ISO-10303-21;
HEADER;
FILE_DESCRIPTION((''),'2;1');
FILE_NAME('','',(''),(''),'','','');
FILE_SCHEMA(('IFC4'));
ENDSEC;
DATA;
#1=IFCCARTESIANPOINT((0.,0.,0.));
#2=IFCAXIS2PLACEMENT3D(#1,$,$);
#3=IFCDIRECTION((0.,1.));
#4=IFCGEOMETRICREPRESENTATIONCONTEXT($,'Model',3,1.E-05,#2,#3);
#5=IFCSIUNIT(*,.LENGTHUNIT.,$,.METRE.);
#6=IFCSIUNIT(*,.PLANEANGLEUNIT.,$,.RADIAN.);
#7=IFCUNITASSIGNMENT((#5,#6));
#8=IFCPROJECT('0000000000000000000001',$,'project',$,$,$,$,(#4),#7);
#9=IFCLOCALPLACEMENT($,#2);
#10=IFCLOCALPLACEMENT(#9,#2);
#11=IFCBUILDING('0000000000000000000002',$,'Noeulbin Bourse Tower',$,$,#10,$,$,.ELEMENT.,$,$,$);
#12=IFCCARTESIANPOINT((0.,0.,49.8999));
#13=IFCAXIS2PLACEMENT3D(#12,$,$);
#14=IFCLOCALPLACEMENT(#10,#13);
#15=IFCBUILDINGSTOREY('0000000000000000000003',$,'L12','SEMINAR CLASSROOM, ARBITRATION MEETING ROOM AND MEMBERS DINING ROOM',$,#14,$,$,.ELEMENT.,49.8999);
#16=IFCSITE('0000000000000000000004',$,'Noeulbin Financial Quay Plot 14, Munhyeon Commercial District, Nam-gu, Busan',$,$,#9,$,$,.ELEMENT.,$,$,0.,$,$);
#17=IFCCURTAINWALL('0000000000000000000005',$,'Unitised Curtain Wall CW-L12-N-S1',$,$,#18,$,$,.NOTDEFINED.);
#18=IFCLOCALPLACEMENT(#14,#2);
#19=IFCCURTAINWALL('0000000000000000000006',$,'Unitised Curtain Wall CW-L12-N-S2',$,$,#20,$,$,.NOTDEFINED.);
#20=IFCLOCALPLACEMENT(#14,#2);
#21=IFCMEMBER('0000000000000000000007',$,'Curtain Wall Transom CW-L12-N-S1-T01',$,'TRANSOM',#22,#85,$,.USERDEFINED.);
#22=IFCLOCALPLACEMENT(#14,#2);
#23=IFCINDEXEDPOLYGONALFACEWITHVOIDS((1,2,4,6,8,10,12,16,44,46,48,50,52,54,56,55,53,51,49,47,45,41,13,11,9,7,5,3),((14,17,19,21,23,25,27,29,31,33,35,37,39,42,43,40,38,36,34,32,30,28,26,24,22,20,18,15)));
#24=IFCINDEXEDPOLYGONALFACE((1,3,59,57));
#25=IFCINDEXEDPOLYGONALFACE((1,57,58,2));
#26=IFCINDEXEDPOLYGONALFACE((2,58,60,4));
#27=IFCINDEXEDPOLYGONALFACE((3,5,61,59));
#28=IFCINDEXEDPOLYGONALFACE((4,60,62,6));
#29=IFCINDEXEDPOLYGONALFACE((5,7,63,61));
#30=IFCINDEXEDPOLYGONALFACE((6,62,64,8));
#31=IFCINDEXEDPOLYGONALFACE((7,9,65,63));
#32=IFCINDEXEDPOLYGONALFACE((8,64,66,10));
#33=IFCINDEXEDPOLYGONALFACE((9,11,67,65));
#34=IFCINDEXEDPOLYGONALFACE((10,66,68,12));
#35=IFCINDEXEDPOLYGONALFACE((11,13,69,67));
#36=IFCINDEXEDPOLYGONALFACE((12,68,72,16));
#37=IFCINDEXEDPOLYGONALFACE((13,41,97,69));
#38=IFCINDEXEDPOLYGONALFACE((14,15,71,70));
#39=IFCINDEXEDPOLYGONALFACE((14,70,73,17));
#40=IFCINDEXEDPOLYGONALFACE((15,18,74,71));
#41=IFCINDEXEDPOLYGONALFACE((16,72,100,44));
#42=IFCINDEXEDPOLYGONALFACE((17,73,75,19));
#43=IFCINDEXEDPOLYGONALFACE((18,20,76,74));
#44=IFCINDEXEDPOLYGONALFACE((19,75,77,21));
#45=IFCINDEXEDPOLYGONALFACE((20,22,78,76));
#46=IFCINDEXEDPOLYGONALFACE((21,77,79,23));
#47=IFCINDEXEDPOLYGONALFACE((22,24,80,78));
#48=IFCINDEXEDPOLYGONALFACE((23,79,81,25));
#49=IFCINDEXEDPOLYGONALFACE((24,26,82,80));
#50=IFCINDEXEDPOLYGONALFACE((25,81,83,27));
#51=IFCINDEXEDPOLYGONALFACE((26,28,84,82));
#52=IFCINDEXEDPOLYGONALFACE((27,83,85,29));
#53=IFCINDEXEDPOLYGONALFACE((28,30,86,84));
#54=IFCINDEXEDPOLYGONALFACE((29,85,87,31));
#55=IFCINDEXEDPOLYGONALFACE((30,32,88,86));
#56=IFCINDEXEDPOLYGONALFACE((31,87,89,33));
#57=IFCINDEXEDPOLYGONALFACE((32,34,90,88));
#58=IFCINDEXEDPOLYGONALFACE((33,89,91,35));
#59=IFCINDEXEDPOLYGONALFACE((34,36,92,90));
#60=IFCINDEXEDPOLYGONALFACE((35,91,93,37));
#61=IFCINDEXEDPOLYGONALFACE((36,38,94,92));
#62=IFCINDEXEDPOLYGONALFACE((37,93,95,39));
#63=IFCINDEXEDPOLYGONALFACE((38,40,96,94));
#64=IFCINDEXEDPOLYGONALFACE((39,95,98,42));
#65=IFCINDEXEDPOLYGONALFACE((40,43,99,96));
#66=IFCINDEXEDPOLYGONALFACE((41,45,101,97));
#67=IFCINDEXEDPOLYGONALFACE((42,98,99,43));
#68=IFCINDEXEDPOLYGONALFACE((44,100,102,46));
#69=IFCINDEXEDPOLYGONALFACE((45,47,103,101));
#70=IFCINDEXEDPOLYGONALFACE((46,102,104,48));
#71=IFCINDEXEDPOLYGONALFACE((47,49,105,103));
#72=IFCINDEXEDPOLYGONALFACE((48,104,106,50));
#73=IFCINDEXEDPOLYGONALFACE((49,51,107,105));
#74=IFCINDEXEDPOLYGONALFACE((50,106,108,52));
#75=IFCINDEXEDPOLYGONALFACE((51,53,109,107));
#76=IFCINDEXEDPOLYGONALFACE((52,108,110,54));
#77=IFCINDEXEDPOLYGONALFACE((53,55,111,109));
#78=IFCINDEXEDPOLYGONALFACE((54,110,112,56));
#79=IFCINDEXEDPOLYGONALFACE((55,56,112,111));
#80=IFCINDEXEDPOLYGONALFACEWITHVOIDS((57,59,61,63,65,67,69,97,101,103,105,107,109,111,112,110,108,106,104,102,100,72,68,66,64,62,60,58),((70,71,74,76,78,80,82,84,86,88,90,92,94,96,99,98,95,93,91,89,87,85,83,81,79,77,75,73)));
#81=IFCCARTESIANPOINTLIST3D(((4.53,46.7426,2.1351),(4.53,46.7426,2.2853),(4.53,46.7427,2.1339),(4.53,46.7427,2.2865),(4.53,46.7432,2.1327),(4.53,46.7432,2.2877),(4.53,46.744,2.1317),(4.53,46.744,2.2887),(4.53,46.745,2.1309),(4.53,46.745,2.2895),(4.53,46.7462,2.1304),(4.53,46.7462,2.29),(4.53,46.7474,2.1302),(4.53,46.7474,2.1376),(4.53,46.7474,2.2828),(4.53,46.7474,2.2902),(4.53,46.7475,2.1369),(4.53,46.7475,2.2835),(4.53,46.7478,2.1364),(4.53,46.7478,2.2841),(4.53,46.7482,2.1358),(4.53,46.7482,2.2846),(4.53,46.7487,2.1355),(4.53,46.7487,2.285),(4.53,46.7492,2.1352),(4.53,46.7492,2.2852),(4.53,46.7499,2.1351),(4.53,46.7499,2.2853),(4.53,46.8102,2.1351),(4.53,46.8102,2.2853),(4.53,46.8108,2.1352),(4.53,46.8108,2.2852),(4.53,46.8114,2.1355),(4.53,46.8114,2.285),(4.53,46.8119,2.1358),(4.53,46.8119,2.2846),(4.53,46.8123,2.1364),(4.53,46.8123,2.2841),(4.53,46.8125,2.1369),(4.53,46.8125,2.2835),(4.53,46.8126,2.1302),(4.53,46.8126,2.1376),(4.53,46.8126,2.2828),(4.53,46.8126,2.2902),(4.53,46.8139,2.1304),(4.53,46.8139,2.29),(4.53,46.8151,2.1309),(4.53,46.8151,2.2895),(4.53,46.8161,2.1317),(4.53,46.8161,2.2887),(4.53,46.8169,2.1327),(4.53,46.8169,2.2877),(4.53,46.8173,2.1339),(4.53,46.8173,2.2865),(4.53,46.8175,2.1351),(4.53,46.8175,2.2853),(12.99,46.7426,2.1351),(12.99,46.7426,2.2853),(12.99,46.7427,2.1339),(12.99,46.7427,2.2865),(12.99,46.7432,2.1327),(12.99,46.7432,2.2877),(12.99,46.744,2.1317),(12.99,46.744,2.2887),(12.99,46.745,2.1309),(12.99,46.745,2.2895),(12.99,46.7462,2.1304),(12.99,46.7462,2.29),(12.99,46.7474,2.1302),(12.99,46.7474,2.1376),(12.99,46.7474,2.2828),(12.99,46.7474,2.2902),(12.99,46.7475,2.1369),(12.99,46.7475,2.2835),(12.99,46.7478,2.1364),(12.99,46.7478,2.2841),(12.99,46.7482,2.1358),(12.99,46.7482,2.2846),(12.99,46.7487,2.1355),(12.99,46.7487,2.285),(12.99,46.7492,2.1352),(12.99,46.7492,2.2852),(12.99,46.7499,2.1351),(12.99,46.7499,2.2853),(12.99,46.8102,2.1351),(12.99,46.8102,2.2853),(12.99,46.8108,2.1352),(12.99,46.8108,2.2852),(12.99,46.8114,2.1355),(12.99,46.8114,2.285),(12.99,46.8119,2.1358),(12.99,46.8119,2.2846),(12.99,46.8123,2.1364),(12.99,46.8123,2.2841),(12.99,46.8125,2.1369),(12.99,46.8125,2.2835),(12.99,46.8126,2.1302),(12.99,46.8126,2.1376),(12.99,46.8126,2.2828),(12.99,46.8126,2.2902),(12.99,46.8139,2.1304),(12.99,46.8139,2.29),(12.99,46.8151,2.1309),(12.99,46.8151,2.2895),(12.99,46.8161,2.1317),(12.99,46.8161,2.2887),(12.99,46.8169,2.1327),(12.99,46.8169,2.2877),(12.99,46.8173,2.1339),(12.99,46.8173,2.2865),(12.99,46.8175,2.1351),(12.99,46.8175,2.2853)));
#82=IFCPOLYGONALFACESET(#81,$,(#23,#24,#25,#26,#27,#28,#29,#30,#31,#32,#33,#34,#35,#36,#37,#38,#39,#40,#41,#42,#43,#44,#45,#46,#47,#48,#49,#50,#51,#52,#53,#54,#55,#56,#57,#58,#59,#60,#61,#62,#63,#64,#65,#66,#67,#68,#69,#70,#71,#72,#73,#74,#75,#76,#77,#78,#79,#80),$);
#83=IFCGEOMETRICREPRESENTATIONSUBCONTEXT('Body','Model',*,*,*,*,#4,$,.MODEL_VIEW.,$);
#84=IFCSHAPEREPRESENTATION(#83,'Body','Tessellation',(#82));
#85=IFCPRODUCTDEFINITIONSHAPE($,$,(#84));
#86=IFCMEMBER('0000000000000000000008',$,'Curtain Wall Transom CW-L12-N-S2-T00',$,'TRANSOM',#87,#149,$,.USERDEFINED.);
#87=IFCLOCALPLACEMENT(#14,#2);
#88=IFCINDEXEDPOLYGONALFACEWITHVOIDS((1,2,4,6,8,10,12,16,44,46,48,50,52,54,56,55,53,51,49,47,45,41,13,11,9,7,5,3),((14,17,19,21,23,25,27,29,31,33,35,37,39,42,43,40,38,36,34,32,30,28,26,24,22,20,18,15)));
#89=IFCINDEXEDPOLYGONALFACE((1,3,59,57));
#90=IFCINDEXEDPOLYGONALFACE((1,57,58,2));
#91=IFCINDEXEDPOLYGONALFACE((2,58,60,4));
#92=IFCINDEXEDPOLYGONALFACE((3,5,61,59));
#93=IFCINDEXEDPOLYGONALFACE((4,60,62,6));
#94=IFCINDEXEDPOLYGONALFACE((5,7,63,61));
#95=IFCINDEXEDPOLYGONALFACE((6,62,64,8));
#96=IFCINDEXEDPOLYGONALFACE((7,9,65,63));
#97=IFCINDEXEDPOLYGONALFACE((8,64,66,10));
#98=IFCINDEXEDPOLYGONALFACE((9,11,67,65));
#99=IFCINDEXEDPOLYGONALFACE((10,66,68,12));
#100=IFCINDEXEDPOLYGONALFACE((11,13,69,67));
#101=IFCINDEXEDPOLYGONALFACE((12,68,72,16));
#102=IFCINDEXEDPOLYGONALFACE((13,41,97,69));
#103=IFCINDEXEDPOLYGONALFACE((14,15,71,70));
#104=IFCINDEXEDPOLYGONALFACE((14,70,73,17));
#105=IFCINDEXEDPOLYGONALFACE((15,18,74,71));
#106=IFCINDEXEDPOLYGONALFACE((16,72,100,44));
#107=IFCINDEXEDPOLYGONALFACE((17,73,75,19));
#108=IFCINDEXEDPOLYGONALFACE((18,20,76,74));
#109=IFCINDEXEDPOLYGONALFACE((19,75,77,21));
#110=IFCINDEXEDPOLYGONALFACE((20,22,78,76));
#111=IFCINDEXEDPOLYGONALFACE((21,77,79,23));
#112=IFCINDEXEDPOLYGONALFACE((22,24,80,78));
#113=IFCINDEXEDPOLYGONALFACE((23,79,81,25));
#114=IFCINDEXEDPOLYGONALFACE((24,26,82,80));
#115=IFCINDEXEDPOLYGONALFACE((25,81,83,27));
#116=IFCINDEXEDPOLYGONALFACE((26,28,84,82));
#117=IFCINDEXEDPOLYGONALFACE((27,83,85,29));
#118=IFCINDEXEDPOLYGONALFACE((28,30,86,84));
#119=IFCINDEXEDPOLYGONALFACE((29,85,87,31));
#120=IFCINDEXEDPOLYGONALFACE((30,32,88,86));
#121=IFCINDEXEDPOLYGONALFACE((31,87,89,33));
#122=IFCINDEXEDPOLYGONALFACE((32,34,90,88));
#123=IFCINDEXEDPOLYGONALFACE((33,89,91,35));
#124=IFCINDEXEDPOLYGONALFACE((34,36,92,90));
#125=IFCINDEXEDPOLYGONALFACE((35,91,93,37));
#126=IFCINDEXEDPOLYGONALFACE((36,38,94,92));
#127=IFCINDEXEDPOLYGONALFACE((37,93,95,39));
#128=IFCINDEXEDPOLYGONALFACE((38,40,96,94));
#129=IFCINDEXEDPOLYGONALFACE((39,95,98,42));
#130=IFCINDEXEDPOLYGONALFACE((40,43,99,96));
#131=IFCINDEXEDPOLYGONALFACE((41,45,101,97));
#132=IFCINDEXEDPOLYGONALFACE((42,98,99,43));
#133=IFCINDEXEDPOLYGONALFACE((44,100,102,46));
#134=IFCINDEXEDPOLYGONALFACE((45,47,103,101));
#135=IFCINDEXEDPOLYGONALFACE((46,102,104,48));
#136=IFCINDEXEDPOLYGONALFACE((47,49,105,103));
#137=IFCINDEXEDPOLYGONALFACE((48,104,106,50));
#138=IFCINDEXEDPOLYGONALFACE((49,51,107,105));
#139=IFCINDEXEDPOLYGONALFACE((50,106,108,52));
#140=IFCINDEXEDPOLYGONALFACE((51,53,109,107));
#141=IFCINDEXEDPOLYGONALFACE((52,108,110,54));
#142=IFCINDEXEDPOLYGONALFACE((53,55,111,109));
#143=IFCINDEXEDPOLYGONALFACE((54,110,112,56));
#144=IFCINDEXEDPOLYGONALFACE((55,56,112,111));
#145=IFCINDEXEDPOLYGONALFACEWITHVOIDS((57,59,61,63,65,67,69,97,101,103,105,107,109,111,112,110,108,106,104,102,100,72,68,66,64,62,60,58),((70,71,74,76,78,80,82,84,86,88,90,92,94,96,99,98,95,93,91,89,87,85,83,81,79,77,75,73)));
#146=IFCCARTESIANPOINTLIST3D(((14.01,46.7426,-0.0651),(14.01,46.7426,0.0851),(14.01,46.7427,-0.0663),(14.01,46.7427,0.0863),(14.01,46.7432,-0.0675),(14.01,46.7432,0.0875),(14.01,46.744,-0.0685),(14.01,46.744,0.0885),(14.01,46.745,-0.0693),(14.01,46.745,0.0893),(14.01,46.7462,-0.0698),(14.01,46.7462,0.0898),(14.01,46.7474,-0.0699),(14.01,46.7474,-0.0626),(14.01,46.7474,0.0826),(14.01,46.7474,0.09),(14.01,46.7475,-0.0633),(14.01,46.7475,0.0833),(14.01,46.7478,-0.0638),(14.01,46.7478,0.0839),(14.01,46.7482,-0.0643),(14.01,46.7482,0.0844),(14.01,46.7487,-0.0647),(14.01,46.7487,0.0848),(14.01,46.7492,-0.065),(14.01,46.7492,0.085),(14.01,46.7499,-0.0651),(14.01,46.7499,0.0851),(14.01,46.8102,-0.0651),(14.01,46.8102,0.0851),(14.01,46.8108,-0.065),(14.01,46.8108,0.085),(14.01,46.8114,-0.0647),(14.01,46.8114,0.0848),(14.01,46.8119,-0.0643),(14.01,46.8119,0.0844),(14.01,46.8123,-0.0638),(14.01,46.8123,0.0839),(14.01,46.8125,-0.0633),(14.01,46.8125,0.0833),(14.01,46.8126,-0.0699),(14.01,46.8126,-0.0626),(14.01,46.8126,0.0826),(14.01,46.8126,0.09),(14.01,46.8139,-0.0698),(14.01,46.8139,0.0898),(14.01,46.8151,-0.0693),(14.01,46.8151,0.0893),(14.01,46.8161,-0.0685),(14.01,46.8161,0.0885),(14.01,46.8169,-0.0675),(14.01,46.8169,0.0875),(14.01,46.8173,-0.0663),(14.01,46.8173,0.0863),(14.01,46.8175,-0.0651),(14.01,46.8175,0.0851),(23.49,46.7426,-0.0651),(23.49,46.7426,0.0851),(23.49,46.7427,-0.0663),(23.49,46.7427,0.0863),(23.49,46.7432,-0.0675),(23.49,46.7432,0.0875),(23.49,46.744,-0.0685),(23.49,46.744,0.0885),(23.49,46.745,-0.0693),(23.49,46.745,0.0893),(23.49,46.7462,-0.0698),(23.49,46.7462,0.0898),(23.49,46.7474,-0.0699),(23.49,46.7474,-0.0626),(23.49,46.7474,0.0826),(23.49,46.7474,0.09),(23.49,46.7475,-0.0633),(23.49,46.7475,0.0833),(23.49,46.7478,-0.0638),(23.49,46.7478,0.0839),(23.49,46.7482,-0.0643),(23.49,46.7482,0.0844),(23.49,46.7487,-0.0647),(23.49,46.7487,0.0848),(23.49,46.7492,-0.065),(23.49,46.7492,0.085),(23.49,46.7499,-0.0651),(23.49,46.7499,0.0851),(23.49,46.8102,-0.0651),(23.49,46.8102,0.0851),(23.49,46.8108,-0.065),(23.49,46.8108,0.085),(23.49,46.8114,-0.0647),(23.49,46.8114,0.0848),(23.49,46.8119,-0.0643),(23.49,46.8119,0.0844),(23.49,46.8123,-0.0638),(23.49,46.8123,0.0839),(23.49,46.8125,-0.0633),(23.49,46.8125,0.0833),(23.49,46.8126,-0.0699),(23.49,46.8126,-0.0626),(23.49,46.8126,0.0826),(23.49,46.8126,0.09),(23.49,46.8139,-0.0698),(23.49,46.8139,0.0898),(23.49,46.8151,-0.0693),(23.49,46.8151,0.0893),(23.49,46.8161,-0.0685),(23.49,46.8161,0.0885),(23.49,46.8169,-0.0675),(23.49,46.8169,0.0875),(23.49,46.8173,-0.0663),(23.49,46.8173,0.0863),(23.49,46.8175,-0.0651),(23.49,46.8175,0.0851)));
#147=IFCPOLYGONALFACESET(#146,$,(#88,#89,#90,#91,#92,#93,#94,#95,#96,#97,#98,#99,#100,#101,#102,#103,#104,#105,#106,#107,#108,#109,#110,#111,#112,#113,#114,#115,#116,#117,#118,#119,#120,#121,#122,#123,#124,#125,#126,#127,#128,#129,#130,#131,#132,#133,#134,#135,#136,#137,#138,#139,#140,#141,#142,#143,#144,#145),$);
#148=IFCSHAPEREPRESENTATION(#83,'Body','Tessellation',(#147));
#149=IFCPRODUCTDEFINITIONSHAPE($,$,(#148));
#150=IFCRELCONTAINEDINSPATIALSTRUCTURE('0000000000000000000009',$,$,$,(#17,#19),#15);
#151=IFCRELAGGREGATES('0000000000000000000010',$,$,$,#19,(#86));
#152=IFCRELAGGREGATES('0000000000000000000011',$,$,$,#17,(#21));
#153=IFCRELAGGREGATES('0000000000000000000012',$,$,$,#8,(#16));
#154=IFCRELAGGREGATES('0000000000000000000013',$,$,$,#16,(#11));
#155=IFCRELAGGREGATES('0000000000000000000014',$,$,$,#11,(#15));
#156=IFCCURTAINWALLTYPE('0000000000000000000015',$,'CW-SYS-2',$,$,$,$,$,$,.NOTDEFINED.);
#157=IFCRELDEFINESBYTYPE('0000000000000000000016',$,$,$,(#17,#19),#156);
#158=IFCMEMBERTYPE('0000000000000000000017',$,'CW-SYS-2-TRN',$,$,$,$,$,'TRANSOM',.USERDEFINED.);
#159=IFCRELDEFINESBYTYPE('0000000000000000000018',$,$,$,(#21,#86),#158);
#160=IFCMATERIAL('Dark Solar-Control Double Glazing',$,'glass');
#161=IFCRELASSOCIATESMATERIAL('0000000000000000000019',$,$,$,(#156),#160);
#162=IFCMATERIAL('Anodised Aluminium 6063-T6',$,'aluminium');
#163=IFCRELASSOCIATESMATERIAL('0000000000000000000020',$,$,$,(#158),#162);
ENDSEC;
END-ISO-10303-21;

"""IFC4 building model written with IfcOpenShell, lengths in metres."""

from ifc_helpers import new_model, si_unit, direction, frame, origin, origin_2d, place, context, subcontext, project, spatial, hollow_rectangle, extrude, material, material_profile, profile_set, type_object, element, aggregate, save


model = new_model("IFC4")

# Units and contexts
model_context = context("Model", 3, precision=1e-05, world=origin(), true_north=direction((0.0, 1.0)))
body_context = subcontext(model_context, "Body", "Model", "MODEL_VIEW")
ifc_project = project(units=[si_unit("LENGTHUNIT", "METRE"), si_unit("PLANEANGLEUNIT", "RADIAN")], contexts=[model_context])

# Site, building, storey
site_placement = place(None, origin())
site = spatial("IfcSite", under=ifc_project, at=site_placement, Name="Noeulbin Financial Quay Plot 14, Munhyeon Commercial District, Nam-gu, Busan", CompositionType="ELEMENT", RefElevation=0.0)
building_placement = place(site_placement, origin())
building = spatial("IfcBuilding", under=site, at=building_placement, Name="Noeulbin Bourse Tower", CompositionType="ELEMENT")
storey_placement = place(building_placement, frame((0.0, 0.0, 49.8999)))
storey = spatial("IfcBuildingStorey", under=building, at=storey_placement, Name="L12", Description="SEMINAR CLASSROOM, ARBITRATION MEETING ROOM AND MEMBERS DINING ROOM", CompositionType="ELEMENT", Elevation=49.8999)

# Curtain wall
ifc_material_1 = material(Name="Dark Solar-Control Double Glazing", Category="glass")
curtain_wall_type = type_object("IfcCurtainWallType", Name="CW-SYS-2", PredefinedType="NOTDEFINED", material=ifc_material_1)
curtain_wall_1_placement = place(storey_placement, origin())
curtain_wall_1 = element("IfcCurtainWall", 1, at=curtain_wall_1_placement, inside=storey, type_object=curtain_wall_type, Name="Unitised Curtain Wall CW-L12-N-S1", PredefinedType="NOTDEFINED")
ifc_material_2 = material(Name="Anodised Aluminium 6063-T6", Category="aluminium")

# Curtain wall
curtain_wall_2_placement = place(storey_placement, origin())
curtain_wall_2 = element("IfcCurtainWall", 2, at=curtain_wall_2_placement, inside=storey, type_object=curtain_wall_type, Name="Unitised Curtain Wall CW-L12-N-S2", PredefinedType="NOTDEFINED")

# Members
ifc_material_profile_1 = material_profile(ifc_material_2, hollow_rectangle(XDim=0.075, YDim=0.1599, WallThickness=0.0049, InnerFilletRadius=0.0024, OuterFilletRadius=0.0049, at=origin_2d()), Name="ALU-TRAN-75x160x5", Category="LoadBearing")
ifc_profile_set_1 = profile_set([ifc_material_profile_1], Name="Anodised Aluminium 6063-T6")
member_type_1 = type_object("IfcMemberType", Name="CW-SYS-2-TRN", ElementType="TRANSOM", PredefinedType="USERDEFINED", material=ifc_profile_set_1)
member_1_placement = place(storey_placement, frame((4.53, 46.78, 2.2102), z_axis=(1.0, 0.0, 0.0), x_axis=(0.0, 1.0, 0.0)))
member_1 = element("IfcMember", 3, at=member_1_placement, type_object=member_type_1, Name="Curtain Wall Transom CW-L12-N-S1-T01", ObjectType="TRANSOM", PredefinedType="USERDEFINED", context=body_context, shape_type="SweptSolid", body=[
    extrude(hollow_rectangle(XDim=0.075, YDim=0.1599, WallThickness=0.0049, InnerFilletRadius=0.0024, OuterFilletRadius=0.0049, at=origin_2d()), origin(), (0.0, 0.0, 1.0), 8.46),
])
member_2_placement = place(storey_placement, frame((14.01, 46.78, 0.01), z_axis=(1.0, 0.0, 0.0), x_axis=(0.0, 1.0, 0.0)))
member_2 = element("IfcMember", 4, at=member_2_placement, type_object=member_type_1, Name="Curtain Wall Transom CW-L12-N-S2-T00", ObjectType="TRANSOM", PredefinedType="USERDEFINED", context=body_context, shape_type="SweptSolid", body=[
    extrude(hollow_rectangle(XDim=0.075, YDim=0.1599, WallThickness=0.0049, InnerFilletRadius=0.0024, OuterFilletRadius=0.0049, at=origin_2d()), origin(), (0.0, 0.0, 1.0), 9.48),
])
aggregate(curtain_wall_2, [member_2])

aggregate(curtain_wall_1, [member_1])

save(model, "model.ifc")
